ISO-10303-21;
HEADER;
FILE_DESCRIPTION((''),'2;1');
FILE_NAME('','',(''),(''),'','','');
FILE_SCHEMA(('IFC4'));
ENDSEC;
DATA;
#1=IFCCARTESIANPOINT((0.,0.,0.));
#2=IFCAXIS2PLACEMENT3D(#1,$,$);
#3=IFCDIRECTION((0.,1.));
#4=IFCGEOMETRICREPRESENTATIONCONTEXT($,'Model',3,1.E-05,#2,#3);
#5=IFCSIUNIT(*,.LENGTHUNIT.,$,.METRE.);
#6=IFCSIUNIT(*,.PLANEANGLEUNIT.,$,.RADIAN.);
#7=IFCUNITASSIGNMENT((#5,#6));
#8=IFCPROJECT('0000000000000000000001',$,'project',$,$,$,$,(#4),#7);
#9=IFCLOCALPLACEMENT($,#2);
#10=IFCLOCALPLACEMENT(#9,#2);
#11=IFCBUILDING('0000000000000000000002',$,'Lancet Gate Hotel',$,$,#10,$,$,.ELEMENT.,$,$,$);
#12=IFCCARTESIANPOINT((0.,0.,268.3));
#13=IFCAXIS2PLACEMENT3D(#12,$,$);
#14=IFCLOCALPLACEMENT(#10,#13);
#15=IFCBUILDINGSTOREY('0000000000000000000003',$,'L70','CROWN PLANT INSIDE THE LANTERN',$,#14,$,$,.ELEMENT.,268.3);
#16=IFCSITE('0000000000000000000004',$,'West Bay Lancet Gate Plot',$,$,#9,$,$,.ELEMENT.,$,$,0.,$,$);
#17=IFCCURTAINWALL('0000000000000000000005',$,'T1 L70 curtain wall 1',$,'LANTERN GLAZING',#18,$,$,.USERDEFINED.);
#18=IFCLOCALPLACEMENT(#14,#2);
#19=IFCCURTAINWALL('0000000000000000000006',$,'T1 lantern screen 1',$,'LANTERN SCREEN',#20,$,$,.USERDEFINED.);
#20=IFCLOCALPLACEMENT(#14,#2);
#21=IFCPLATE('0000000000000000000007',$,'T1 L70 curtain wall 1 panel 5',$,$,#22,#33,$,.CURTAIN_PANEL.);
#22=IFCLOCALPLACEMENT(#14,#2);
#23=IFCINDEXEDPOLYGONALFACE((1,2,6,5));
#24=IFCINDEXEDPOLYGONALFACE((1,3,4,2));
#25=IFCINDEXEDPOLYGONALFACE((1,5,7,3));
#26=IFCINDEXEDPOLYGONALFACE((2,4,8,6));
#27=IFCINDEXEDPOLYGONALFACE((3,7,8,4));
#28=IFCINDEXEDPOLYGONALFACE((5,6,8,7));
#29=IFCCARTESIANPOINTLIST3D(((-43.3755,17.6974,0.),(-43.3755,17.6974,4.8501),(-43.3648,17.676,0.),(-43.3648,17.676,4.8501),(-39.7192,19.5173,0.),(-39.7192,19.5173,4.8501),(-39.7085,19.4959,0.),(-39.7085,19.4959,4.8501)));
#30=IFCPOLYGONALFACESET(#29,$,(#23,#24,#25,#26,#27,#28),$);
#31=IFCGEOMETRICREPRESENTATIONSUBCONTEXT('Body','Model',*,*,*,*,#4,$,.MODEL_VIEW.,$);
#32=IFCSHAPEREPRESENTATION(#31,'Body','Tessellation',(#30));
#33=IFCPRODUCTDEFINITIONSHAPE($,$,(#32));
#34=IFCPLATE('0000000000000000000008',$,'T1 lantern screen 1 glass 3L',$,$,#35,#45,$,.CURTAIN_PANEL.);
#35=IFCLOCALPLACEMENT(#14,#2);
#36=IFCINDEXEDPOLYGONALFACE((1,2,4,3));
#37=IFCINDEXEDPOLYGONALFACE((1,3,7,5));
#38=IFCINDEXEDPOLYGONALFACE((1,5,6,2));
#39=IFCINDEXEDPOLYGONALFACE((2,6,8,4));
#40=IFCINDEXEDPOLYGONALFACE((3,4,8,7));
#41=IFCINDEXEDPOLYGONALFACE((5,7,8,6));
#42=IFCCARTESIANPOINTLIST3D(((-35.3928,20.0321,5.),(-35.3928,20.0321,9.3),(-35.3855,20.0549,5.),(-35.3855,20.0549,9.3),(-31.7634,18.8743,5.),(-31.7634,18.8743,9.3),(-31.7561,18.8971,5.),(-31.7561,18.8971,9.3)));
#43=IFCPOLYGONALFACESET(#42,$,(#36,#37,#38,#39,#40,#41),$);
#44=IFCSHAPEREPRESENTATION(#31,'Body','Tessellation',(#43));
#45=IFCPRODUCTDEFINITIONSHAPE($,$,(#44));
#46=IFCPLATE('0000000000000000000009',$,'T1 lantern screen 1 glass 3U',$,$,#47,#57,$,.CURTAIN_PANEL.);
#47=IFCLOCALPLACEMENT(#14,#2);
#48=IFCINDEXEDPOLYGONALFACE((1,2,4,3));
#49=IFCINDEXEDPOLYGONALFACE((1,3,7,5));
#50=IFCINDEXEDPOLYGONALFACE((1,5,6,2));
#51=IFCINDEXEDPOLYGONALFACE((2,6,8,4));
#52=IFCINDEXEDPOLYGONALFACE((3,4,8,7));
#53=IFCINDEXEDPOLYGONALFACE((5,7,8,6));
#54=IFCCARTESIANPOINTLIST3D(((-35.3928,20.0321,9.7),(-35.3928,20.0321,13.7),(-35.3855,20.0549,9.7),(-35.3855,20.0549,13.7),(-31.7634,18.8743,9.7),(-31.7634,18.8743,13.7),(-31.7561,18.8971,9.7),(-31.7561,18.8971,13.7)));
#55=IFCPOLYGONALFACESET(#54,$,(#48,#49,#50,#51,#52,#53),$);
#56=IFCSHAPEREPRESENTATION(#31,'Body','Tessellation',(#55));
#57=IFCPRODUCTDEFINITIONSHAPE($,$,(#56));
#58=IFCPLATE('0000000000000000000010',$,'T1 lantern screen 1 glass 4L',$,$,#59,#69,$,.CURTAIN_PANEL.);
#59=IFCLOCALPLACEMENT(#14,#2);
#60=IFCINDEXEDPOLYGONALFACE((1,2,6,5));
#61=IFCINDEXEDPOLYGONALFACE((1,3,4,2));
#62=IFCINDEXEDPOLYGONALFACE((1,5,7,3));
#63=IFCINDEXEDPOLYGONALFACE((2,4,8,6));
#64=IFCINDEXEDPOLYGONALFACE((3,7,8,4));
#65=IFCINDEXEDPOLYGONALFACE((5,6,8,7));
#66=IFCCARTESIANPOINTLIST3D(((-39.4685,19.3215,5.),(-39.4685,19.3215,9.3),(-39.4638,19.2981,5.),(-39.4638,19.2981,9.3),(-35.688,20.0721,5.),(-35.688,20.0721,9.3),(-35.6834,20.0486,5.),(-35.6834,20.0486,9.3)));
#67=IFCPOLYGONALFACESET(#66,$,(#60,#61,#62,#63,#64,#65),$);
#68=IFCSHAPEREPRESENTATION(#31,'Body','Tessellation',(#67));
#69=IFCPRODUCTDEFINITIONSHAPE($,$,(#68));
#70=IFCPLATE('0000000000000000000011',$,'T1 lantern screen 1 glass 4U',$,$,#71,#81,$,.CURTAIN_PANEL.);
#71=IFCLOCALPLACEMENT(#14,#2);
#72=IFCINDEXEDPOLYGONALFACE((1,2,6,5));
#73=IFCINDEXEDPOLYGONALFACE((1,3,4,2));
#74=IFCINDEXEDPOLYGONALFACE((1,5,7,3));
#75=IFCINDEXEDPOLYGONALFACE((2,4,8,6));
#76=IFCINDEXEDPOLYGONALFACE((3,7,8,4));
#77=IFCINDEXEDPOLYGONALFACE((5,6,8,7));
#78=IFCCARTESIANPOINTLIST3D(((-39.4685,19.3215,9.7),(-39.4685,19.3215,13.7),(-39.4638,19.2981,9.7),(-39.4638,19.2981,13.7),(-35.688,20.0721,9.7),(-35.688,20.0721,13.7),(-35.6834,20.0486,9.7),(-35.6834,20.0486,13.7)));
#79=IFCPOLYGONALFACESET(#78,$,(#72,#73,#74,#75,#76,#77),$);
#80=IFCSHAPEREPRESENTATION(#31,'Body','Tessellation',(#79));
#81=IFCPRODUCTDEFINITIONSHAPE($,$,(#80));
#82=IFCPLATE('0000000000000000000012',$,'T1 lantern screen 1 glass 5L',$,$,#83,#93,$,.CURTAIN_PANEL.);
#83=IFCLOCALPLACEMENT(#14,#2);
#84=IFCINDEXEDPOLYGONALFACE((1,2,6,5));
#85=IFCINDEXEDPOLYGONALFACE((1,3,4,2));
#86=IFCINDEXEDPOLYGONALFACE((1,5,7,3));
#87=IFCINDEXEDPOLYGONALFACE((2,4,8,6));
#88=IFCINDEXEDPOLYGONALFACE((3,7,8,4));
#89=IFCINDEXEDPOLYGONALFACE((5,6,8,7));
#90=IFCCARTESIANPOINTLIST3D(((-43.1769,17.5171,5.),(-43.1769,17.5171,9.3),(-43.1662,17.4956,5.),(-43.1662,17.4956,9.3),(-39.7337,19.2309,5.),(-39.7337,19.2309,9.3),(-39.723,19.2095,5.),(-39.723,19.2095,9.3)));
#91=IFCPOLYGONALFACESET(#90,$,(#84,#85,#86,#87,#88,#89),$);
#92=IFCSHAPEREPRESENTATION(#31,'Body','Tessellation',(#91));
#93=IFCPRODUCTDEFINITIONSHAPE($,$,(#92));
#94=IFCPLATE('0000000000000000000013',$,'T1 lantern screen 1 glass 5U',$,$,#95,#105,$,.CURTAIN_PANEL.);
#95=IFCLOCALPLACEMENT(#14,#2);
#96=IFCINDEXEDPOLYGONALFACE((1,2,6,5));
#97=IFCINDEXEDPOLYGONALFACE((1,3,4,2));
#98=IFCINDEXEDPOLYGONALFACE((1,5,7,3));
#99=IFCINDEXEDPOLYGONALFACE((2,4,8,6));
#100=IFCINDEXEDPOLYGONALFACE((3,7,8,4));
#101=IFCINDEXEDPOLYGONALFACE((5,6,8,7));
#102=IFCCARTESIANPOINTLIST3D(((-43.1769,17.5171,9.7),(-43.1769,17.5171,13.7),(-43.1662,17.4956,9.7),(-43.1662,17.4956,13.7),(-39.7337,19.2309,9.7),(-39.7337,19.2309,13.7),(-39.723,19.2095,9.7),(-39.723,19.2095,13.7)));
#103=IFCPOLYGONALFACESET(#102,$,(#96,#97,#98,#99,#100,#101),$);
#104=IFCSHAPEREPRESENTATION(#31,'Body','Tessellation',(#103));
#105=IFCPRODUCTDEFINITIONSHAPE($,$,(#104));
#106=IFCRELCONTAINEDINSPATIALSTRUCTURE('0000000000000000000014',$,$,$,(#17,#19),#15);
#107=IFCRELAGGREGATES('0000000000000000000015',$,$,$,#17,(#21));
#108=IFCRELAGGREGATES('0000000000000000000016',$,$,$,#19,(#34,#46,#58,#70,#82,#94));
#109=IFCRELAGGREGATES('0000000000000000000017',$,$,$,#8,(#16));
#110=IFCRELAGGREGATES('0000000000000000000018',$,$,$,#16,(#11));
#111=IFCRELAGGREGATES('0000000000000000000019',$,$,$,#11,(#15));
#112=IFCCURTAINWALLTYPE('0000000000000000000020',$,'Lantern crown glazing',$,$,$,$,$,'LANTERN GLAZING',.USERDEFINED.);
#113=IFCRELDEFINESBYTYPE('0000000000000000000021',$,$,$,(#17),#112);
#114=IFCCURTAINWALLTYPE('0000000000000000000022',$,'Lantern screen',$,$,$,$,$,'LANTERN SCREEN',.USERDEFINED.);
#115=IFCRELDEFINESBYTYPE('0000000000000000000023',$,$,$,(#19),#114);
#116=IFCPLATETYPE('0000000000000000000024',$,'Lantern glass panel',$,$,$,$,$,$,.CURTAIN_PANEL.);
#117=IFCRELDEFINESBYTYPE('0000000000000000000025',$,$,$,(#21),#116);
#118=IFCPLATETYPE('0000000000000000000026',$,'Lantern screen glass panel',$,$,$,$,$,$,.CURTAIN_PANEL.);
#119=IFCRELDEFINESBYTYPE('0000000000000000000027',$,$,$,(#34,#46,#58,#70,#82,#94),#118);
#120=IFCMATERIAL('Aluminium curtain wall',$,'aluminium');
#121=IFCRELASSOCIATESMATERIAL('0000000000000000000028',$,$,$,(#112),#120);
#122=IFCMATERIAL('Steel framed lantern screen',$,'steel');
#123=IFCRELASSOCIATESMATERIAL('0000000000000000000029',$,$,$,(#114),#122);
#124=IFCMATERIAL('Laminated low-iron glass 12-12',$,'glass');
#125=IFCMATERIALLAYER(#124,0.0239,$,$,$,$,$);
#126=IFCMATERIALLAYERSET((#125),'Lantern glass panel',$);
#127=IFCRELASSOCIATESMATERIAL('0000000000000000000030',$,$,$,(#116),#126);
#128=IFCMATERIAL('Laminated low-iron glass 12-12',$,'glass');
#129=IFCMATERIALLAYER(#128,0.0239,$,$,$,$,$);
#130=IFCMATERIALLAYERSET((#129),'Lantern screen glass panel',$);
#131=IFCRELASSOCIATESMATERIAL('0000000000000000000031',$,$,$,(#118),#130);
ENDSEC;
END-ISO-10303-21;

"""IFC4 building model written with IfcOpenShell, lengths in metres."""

from ifc_helpers import new_model, si_unit, direction, frame, origin, origin_2d, place, context, subcontext, project, spatial, rectangle, extrude, material, layer, layer_set, type_object, element, aggregate, save


model = new_model("IFC4")

# Units and contexts
model_context = context("Model", 3, precision=1e-05, world=origin(), true_north=direction((0.0, 1.0)))
body_context = subcontext(model_context, "Body", "Model", "MODEL_VIEW")
ifc_project = project(units=[si_unit("LENGTHUNIT", "METRE"), si_unit("PLANEANGLEUNIT", "RADIAN")], contexts=[model_context])

# Site, building, storey
site_placement = place(None, origin())
site = spatial("IfcSite", under=ifc_project, at=site_placement, Name="West Bay Lancet Gate Plot", CompositionType="ELEMENT", RefElevation=0.0)
building_placement = place(site_placement, origin())
building = spatial("IfcBuilding", under=site, at=building_placement, Name="Lancet Gate Hotel", CompositionType="ELEMENT")
storey_placement = place(building_placement, frame((0.0, 0.0, 268.3)))
storey = spatial("IfcBuildingStorey", under=building, at=storey_placement, Name="L70", Description="CROWN PLANT INSIDE THE LANTERN", CompositionType="ELEMENT", Elevation=268.3)

# Curtain wall
ifc_material_1 = material(Name="Aluminium curtain wall", Category="aluminium")
curtain_wall_type_1 = type_object("IfcCurtainWallType", Name="Lantern crown glazing", ElementType="LANTERN GLAZING", PredefinedType="USERDEFINED", material=ifc_material_1)
curtain_wall_1_placement = place(storey_placement, origin())
curtain_wall_1 = element("IfcCurtainWall", 1, at=curtain_wall_1_placement, inside=storey, type_object=curtain_wall_type_1, Name="T1 L70 curtain wall 1", ObjectType="LANTERN GLAZING", PredefinedType="USERDEFINED")

# Curtain wall
ifc_material_2 = material(Name="Steel framed lantern screen", Category="steel")
curtain_wall_type_2 = type_object("IfcCurtainWallType", Name="Lantern screen", ElementType="LANTERN SCREEN", PredefinedType="USERDEFINED", material=ifc_material_2)
curtain_wall_2_placement = place(storey_placement, origin())
curtain_wall_2 = element("IfcCurtainWall", 2, at=curtain_wall_2_placement, inside=storey, type_object=curtain_wall_type_2, Name="T1 lantern screen 1", ObjectType="LANTERN SCREEN", PredefinedType="USERDEFINED")

# Plates
ifc_material_3 = material(Name="Laminated low-iron glass 12-12", Category="glass")
ifc_layer_1 = layer(ifc_material_3, 0.0239)
ifc_layer_set_1 = layer_set([ifc_layer_1], Name="Lantern glass panel")
plate_type_1 = type_object("IfcPlateType", Name="Lantern glass panel", PredefinedType="CURTAIN_PANEL", material=ifc_layer_set_1)
plate_1_placement = place(storey_placement, frame((-41.542, 18.5967, 0.0), z_axis=(0.0, 0.0, 1.0), x_axis=(-0.895234, -0.445596, 0.0)))
plate_1 = element("IfcPlate", 3, at=plate_1_placement, type_object=plate_type_1, Name="T1 L70 curtain wall 1 panel 5", PredefinedType="CURTAIN_PANEL", context=body_context, shape_type="SweptSolid", body=[
    extrude(rectangle(XDim=4.0842, YDim=0.0239, at=origin_2d()), origin(), (0.0, 0.0, 1.0), 4.8501),
])
aggregate(curtain_wall_1, [plate_1])
ifc_material_4 = material(Name="Laminated low-iron glass 12-12", Category="glass")
ifc_layer_2 = layer(ifc_material_4, 0.0239)
ifc_layer_set_2 = layer_set([ifc_layer_2], Name="Lantern screen glass panel")
plate_type_2 = type_object("IfcPlateType", Name="Lantern screen glass panel", PredefinedType="CURTAIN_PANEL", material=ifc_layer_set_2)
plate_2_placement = place(storey_placement, frame((-33.5745, 19.4646, 5.0), z_axis=(0.0, 0.0, 1.0), x_axis=(-0.952696, 0.303926, 0.0)))
plate_2 = element("IfcPlate", 4, at=plate_2_placement, type_object=plate_type_2, Name="T1 lantern screen 1 glass 3L", PredefinedType="CURTAIN_PANEL", context=body_context, shape_type="SweptSolid", body=[
    extrude(rectangle(XDim=3.8096, YDim=0.0239, at=origin_2d()), origin(), (0.0, 0.0, 1.0), 4.3),
])
plate_3_placement = place(storey_placement, frame((-33.5745, 19.4646, 9.7), z_axis=(0.0, 0.0, 1.0), x_axis=(-0.952696, 0.303926, 0.0)))
plate_3 = element("IfcPlate", 5, at=plate_3_placement, type_object=plate_type_2, Name="T1 lantern screen 1 glass 3U", PredefinedType="CURTAIN_PANEL", context=body_context, shape_type="SweptSolid", body=[
    extrude(rectangle(XDim=3.8096, YDim=0.0239, at=origin_2d()), origin(), (0.0, 0.0, 1.0), 4.0),
])
plate_4_placement = place(storey_placement, frame((-37.5759, 19.6851, 5.0), z_axis=(0.0, 0.0, 1.0), x_axis=(-0.980857, -0.194731, 0.0)))
plate_4 = element("IfcPlate", 6, at=plate_4_placement, type_object=plate_type_2, Name="T1 lantern screen 1 glass 4L", PredefinedType="CURTAIN_PANEL", context=body_context, shape_type="SweptSolid", body=[
    extrude(rectangle(XDim=3.8542, YDim=0.0239, at=origin_2d()), origin(), (0.0, 0.0, 1.0), 4.3),
])
plate_5_placement = place(storey_placement, frame((-37.5759, 19.6851, 9.7), z_axis=(0.0, 0.0, 1.0), x_axis=(-0.980857, -0.194731, 0.0)))
plate_5 = element("IfcPlate", 7, at=plate_5_placement, type_object=plate_type_2, Name="T1 lantern screen 1 glass 4U", PredefinedType="CURTAIN_PANEL", context=body_context, shape_type="SweptSolid", body=[
    extrude(rectangle(XDim=3.8542, YDim=0.0239, at=origin_2d()), origin(), (0.0, 0.0, 1.0), 4.0),
])
plate_6_placement = place(storey_placement, frame((-41.45, 18.3633, 5.0), z_axis=(0.0, 0.0, 1.0), x_axis=(-0.895234, -0.445596, 0.0)))
plate_6 = element("IfcPlate", 8, at=plate_6_placement, type_object=plate_type_2, Name="T1 lantern screen 1 glass 5L", PredefinedType="CURTAIN_PANEL", context=body_context, shape_type="SweptSolid", body=[
    extrude(rectangle(XDim=3.8462, YDim=0.0239, at=origin_2d()), origin(), (0.0, 0.0, 1.0), 4.3),
])
plate_7_placement = place(storey_placement, frame((-41.45, 18.3633, 9.7), z_axis=(0.0, 0.0, 1.0), x_axis=(-0.895234, -0.445596, 0.0)))
plate_7 = element("IfcPlate", 9, at=plate_7_placement, type_object=plate_type_2, Name="T1 lantern screen 1 glass 5U", PredefinedType="CURTAIN_PANEL", context=body_context, shape_type="SweptSolid", body=[
    extrude(rectangle(XDim=3.8462, YDim=0.0239, at=origin_2d()), origin(), (0.0, 0.0, 1.0), 4.0),
])
aggregate(curtain_wall_2, [plate_2, plate_3, plate_4, plate_5, plate_6, plate_7])

save(model, "model.ifc")
